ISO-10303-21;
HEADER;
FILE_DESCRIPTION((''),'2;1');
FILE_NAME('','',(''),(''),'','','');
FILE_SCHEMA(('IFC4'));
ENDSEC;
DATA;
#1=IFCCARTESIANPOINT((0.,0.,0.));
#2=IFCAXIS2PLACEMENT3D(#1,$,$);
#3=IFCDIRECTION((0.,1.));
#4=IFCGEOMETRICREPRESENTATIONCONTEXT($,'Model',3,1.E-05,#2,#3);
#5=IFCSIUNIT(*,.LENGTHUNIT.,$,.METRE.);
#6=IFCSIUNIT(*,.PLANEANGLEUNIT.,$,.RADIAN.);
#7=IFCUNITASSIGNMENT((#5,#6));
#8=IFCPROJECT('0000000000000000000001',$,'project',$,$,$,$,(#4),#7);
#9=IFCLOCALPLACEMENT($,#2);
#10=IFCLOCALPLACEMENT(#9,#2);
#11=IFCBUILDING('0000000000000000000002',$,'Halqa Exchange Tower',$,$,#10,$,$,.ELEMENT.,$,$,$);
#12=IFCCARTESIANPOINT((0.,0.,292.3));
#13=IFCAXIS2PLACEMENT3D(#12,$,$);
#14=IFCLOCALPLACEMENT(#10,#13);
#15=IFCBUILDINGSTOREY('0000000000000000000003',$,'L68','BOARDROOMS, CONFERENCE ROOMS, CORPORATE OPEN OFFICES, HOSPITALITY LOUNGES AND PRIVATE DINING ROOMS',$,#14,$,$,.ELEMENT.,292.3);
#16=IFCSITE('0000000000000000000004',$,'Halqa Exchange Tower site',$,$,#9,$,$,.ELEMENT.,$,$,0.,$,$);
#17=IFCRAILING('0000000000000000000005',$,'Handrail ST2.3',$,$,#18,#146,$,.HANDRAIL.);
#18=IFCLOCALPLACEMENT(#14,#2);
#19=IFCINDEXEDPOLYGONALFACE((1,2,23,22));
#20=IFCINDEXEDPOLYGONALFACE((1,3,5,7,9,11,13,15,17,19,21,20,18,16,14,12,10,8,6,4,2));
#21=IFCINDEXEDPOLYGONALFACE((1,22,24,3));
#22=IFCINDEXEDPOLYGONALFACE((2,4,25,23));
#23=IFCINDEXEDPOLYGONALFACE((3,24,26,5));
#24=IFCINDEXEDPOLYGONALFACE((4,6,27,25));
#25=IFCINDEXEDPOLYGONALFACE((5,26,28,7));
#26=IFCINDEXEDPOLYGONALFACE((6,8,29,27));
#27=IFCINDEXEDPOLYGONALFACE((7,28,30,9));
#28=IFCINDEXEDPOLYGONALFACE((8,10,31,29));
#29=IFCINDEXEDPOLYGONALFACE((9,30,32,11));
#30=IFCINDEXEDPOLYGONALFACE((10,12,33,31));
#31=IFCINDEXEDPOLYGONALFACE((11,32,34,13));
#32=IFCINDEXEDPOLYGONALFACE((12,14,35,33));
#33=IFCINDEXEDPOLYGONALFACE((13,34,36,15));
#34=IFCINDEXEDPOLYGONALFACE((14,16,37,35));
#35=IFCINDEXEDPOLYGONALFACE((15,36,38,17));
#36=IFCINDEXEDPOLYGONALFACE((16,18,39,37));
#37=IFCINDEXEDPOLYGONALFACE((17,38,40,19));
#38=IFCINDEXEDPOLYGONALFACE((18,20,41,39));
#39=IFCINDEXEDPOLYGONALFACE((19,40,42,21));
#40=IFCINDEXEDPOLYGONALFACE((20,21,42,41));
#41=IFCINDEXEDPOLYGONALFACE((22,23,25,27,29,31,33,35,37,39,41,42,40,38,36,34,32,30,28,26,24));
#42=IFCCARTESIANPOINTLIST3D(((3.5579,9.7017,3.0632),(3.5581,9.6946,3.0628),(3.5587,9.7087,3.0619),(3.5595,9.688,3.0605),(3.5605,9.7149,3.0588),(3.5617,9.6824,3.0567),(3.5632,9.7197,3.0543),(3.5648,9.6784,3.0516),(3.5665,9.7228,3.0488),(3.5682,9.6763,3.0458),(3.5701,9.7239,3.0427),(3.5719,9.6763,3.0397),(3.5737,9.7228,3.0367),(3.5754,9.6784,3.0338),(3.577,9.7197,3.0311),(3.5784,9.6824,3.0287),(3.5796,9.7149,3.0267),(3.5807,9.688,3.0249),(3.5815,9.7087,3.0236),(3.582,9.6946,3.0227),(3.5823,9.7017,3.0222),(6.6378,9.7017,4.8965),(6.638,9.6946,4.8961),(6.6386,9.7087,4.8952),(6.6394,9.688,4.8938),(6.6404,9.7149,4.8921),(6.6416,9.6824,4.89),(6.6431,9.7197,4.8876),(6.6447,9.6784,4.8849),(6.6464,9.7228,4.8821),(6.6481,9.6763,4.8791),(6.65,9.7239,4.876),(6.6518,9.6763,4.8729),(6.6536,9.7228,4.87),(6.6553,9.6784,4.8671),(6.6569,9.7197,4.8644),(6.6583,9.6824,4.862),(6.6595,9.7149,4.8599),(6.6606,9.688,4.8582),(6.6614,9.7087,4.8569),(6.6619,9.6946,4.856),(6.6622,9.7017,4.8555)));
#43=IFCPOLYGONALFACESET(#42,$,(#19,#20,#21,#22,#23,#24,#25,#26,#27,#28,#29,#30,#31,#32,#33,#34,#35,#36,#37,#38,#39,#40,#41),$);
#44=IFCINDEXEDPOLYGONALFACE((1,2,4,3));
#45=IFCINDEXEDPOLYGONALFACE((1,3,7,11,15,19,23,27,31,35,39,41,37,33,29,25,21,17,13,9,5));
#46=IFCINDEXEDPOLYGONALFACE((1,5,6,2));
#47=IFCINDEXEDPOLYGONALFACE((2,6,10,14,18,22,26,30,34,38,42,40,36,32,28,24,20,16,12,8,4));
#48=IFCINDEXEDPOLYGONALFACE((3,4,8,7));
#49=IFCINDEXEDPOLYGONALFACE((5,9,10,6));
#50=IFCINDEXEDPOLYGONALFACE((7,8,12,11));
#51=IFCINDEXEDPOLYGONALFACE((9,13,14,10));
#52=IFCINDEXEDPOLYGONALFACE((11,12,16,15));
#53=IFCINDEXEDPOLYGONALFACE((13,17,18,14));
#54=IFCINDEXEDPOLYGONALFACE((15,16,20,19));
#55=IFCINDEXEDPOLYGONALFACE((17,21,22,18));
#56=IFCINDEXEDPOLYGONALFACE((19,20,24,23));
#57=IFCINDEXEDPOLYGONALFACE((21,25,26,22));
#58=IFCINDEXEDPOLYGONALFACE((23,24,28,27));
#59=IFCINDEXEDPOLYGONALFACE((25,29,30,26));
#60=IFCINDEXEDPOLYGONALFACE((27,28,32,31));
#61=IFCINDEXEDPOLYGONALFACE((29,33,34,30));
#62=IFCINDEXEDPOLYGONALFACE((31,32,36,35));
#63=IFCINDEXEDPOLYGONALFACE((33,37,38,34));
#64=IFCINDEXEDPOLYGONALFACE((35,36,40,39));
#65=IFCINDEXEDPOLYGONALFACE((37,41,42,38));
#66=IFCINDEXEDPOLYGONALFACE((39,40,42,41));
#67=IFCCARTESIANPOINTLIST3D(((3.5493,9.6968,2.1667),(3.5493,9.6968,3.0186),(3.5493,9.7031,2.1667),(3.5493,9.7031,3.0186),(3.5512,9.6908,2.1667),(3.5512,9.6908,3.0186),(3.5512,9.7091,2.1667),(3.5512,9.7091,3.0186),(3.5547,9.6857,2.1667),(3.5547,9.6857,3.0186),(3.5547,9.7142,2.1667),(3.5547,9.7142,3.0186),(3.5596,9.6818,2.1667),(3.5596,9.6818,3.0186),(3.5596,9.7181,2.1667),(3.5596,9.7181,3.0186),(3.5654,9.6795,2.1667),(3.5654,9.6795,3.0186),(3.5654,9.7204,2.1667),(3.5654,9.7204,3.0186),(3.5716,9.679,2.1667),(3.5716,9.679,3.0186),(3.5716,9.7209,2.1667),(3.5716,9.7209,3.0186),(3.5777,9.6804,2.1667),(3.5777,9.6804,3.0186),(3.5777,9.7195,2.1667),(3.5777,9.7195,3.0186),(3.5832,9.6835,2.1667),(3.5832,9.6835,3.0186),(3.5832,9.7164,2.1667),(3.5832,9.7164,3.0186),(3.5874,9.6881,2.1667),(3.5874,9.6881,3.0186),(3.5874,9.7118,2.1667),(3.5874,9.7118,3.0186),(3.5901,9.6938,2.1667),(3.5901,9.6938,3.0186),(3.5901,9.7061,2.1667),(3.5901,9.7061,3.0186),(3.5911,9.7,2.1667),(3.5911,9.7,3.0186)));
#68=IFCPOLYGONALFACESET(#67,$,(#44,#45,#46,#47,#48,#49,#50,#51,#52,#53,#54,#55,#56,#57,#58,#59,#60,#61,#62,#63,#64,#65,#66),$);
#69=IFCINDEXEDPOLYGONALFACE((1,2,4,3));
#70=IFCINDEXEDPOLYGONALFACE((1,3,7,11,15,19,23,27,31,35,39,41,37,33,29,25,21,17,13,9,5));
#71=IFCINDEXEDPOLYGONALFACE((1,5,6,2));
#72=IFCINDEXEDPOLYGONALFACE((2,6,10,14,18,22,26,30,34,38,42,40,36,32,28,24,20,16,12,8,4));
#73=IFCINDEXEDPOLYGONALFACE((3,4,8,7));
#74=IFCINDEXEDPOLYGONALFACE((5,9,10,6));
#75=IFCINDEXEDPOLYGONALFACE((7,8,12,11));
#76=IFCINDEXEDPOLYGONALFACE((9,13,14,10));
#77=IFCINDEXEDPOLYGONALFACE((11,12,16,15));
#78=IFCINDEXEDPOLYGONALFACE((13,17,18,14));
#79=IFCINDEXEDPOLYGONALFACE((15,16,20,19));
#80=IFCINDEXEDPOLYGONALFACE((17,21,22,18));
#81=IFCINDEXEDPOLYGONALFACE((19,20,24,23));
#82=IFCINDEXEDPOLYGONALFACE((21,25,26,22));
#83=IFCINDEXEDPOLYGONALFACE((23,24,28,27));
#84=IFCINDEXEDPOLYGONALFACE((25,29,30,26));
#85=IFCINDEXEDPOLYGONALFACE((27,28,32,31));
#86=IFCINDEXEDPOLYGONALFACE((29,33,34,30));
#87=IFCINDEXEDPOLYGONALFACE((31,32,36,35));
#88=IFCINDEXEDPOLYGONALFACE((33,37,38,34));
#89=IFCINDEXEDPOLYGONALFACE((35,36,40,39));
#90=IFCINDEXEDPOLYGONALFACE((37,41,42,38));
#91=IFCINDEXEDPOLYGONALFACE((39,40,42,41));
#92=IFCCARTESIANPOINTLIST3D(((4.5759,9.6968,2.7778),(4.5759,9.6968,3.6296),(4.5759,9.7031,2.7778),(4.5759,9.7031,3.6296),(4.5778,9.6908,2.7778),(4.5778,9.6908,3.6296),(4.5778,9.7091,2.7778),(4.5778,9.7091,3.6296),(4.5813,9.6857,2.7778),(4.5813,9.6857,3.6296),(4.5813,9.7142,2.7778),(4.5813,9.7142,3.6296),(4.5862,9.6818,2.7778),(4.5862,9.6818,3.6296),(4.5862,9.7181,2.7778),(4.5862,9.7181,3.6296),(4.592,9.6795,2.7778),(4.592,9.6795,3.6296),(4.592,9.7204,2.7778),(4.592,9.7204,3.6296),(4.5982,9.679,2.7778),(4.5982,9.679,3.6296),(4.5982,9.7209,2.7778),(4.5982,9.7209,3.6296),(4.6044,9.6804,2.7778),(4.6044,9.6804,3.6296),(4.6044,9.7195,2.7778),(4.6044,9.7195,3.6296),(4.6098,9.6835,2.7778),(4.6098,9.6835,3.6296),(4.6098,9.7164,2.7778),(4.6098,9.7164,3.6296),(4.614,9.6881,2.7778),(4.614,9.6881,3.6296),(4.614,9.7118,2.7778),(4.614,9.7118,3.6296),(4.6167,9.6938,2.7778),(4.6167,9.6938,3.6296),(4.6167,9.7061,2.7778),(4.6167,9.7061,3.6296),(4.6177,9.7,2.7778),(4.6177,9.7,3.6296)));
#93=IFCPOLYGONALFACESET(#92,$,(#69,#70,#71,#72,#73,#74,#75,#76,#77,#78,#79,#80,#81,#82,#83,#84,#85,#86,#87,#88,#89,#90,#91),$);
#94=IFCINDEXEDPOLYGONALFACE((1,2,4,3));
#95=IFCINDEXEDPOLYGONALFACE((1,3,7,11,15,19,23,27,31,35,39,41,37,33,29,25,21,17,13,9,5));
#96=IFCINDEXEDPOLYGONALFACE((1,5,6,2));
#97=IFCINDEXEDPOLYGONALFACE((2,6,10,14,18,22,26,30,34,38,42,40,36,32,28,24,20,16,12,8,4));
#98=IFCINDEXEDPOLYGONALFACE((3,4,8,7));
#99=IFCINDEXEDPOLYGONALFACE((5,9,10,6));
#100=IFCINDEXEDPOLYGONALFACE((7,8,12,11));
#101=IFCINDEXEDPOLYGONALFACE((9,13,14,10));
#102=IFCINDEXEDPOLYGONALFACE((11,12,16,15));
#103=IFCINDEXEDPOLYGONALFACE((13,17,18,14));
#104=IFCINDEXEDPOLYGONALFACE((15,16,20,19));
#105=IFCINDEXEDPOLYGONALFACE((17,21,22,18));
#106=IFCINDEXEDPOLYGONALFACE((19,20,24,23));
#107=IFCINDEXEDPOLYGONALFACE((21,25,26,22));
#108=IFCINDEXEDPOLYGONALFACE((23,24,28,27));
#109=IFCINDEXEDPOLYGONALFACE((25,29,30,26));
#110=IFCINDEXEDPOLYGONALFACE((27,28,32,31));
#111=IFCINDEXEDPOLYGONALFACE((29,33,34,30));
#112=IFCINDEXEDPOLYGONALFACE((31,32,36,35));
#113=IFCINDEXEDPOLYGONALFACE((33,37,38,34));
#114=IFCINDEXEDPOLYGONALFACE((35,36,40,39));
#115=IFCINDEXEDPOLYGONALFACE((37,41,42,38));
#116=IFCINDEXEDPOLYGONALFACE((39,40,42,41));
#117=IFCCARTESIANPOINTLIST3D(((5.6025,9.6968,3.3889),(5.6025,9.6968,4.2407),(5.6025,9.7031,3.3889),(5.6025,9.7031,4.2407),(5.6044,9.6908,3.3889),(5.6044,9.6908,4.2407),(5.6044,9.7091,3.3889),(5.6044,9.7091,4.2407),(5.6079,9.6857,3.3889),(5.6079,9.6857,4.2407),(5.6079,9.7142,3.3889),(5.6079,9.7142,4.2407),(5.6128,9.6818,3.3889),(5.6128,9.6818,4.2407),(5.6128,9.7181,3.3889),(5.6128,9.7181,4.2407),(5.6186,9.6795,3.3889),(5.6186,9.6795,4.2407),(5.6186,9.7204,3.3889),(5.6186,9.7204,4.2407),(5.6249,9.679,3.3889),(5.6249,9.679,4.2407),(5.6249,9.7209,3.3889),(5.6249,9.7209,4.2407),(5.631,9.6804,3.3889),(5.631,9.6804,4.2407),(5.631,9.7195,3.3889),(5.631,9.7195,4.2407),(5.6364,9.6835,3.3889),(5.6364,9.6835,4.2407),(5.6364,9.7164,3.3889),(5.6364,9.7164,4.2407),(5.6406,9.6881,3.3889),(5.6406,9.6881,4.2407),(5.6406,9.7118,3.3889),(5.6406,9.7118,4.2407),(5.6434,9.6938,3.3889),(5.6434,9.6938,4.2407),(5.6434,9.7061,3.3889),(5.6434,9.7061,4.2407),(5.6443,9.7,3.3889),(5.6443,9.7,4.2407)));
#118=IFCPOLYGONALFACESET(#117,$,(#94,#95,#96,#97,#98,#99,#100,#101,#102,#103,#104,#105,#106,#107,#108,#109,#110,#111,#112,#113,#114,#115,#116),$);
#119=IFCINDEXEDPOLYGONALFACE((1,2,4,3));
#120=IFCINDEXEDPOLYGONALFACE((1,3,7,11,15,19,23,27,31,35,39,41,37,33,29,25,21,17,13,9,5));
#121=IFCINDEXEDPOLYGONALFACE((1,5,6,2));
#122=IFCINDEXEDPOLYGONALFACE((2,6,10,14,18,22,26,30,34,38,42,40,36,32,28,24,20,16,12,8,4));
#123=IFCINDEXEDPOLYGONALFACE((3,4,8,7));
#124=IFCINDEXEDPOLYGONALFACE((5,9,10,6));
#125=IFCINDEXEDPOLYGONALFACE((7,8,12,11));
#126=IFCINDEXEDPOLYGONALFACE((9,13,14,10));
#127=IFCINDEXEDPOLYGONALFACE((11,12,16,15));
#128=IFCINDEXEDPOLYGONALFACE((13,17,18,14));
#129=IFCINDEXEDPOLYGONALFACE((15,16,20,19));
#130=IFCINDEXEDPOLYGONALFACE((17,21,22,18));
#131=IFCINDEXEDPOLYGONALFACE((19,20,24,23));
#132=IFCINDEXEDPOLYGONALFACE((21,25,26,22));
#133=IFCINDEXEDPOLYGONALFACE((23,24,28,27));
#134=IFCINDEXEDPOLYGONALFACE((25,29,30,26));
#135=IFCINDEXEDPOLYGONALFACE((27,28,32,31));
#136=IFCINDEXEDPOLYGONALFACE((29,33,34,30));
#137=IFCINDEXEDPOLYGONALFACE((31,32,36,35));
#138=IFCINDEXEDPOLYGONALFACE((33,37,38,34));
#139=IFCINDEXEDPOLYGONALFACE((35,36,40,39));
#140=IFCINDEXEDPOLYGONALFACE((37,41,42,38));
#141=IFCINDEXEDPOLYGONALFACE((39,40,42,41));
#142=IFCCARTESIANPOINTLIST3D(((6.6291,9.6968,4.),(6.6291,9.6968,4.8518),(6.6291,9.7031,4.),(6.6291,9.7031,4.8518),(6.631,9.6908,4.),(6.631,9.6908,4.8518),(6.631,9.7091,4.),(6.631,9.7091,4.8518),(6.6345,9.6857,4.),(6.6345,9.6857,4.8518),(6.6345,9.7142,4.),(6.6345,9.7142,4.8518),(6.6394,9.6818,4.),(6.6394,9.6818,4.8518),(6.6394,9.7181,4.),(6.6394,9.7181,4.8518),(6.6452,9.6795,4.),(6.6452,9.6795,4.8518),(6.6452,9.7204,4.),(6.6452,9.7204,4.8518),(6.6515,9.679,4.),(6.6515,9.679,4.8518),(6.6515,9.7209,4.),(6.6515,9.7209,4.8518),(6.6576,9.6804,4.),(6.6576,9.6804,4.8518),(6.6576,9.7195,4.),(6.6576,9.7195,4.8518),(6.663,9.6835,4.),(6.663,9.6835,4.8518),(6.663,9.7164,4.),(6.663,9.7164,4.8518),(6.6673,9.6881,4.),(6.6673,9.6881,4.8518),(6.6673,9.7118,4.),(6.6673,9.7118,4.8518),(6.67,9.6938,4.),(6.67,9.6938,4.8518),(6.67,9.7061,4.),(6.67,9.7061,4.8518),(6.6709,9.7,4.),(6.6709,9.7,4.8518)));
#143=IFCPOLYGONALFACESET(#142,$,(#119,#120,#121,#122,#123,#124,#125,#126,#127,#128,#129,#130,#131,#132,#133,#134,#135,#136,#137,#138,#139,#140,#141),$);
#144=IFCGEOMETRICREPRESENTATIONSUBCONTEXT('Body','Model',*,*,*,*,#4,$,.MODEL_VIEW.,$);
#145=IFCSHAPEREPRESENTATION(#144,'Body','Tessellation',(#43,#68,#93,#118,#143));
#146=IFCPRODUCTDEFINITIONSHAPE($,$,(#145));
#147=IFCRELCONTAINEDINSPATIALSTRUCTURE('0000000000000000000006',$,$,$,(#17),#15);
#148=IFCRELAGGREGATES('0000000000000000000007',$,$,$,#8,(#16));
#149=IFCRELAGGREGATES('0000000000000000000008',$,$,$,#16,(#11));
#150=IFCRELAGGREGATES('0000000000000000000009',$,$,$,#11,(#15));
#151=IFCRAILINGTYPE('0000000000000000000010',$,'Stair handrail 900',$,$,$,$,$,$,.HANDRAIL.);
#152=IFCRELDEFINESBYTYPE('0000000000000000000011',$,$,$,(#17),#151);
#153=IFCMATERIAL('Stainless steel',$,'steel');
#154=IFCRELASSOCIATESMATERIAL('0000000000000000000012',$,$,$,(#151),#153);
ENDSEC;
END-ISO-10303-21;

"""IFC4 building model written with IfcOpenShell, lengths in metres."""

from ifc_helpers import new_model, si_unit, direction, frame, origin, origin_2d, place, context, subcontext, project, spatial, circle, extrude, material, type_object, element, save


model = new_model("IFC4")

# Units and contexts
model_context = context("Model", 3, precision=1e-05, world=origin(), true_north=direction((0.0, 1.0)))
body_context = subcontext(model_context, "Body", "Model", "MODEL_VIEW")
ifc_project = project(units=[si_unit("LENGTHUNIT", "METRE"), si_unit("PLANEANGLEUNIT", "RADIAN")], contexts=[model_context])

# Site, building, storey
site_placement = place(None, origin())
site = spatial("IfcSite", under=ifc_project, at=site_placement, Name="Halqa Exchange Tower site", CompositionType="ELEMENT", RefElevation=0.0)
building_placement = place(site_placement, origin())
building = spatial("IfcBuilding", under=site, at=building_placement, Name="Halqa Exchange Tower", CompositionType="ELEMENT")
storey_placement = place(building_placement, frame((0.0, 0.0, 292.3)))
storey = spatial("IfcBuildingStorey", under=building, at=storey_placement, Name="L68", Description="BOARDROOMS, CONFERENCE ROOMS, CORPORATE OPEN OFFICES, HOSPITALITY LOUNGES AND PRIVATE DINING ROOMS", CompositionType="ELEMENT", Elevation=292.3)

# Railing
ifc_material_1 = material(Name="Stainless steel", Category="steel")
railing_type_1 = type_object("IfcRailingType", Name="Stair handrail 900", PredefinedType="HANDRAIL", material=ifc_material_1)
railing_1_placement = place(storey_placement, frame((3.5701, 9.7, 2.1667)))
element("IfcRailing", 1, at=railing_1_placement, inside=storey, type_object=railing_type_1, Name="Handrail ST2.3", PredefinedType="HANDRAIL", context=body_context, shape_type="SweptSolid", body=[
    extrude(circle(Radius=0.0239, at=origin_2d()), frame((0.0, 0.0, 0.876), z_axis=(0.859291, 0.0, 0.511487), x_axis=(0.0, 1.0, 0.0)), (0.0, 0.0, 1.0), 3.5842),
    extrude(circle(Radius=0.021, at=origin_2d()), origin(), (0.0, 0.0, 1.0), 0.8518),
    extrude(circle(Radius=0.021, at=origin_2d()), frame((1.0266, 0.0, 0.6111)), (0.0, 0.0, 1.0), 0.8518),
    extrude(circle(Radius=0.021, at=origin_2d()), frame((2.0532, 0.0, 1.2222)), (0.0, 0.0, 1.0), 0.8518),
    extrude(circle(Radius=0.021, at=origin_2d()), frame((3.0798, 0.0, 1.8333)), (0.0, 0.0, 1.0), 0.8518),
])

save(model, "model.ifc")
